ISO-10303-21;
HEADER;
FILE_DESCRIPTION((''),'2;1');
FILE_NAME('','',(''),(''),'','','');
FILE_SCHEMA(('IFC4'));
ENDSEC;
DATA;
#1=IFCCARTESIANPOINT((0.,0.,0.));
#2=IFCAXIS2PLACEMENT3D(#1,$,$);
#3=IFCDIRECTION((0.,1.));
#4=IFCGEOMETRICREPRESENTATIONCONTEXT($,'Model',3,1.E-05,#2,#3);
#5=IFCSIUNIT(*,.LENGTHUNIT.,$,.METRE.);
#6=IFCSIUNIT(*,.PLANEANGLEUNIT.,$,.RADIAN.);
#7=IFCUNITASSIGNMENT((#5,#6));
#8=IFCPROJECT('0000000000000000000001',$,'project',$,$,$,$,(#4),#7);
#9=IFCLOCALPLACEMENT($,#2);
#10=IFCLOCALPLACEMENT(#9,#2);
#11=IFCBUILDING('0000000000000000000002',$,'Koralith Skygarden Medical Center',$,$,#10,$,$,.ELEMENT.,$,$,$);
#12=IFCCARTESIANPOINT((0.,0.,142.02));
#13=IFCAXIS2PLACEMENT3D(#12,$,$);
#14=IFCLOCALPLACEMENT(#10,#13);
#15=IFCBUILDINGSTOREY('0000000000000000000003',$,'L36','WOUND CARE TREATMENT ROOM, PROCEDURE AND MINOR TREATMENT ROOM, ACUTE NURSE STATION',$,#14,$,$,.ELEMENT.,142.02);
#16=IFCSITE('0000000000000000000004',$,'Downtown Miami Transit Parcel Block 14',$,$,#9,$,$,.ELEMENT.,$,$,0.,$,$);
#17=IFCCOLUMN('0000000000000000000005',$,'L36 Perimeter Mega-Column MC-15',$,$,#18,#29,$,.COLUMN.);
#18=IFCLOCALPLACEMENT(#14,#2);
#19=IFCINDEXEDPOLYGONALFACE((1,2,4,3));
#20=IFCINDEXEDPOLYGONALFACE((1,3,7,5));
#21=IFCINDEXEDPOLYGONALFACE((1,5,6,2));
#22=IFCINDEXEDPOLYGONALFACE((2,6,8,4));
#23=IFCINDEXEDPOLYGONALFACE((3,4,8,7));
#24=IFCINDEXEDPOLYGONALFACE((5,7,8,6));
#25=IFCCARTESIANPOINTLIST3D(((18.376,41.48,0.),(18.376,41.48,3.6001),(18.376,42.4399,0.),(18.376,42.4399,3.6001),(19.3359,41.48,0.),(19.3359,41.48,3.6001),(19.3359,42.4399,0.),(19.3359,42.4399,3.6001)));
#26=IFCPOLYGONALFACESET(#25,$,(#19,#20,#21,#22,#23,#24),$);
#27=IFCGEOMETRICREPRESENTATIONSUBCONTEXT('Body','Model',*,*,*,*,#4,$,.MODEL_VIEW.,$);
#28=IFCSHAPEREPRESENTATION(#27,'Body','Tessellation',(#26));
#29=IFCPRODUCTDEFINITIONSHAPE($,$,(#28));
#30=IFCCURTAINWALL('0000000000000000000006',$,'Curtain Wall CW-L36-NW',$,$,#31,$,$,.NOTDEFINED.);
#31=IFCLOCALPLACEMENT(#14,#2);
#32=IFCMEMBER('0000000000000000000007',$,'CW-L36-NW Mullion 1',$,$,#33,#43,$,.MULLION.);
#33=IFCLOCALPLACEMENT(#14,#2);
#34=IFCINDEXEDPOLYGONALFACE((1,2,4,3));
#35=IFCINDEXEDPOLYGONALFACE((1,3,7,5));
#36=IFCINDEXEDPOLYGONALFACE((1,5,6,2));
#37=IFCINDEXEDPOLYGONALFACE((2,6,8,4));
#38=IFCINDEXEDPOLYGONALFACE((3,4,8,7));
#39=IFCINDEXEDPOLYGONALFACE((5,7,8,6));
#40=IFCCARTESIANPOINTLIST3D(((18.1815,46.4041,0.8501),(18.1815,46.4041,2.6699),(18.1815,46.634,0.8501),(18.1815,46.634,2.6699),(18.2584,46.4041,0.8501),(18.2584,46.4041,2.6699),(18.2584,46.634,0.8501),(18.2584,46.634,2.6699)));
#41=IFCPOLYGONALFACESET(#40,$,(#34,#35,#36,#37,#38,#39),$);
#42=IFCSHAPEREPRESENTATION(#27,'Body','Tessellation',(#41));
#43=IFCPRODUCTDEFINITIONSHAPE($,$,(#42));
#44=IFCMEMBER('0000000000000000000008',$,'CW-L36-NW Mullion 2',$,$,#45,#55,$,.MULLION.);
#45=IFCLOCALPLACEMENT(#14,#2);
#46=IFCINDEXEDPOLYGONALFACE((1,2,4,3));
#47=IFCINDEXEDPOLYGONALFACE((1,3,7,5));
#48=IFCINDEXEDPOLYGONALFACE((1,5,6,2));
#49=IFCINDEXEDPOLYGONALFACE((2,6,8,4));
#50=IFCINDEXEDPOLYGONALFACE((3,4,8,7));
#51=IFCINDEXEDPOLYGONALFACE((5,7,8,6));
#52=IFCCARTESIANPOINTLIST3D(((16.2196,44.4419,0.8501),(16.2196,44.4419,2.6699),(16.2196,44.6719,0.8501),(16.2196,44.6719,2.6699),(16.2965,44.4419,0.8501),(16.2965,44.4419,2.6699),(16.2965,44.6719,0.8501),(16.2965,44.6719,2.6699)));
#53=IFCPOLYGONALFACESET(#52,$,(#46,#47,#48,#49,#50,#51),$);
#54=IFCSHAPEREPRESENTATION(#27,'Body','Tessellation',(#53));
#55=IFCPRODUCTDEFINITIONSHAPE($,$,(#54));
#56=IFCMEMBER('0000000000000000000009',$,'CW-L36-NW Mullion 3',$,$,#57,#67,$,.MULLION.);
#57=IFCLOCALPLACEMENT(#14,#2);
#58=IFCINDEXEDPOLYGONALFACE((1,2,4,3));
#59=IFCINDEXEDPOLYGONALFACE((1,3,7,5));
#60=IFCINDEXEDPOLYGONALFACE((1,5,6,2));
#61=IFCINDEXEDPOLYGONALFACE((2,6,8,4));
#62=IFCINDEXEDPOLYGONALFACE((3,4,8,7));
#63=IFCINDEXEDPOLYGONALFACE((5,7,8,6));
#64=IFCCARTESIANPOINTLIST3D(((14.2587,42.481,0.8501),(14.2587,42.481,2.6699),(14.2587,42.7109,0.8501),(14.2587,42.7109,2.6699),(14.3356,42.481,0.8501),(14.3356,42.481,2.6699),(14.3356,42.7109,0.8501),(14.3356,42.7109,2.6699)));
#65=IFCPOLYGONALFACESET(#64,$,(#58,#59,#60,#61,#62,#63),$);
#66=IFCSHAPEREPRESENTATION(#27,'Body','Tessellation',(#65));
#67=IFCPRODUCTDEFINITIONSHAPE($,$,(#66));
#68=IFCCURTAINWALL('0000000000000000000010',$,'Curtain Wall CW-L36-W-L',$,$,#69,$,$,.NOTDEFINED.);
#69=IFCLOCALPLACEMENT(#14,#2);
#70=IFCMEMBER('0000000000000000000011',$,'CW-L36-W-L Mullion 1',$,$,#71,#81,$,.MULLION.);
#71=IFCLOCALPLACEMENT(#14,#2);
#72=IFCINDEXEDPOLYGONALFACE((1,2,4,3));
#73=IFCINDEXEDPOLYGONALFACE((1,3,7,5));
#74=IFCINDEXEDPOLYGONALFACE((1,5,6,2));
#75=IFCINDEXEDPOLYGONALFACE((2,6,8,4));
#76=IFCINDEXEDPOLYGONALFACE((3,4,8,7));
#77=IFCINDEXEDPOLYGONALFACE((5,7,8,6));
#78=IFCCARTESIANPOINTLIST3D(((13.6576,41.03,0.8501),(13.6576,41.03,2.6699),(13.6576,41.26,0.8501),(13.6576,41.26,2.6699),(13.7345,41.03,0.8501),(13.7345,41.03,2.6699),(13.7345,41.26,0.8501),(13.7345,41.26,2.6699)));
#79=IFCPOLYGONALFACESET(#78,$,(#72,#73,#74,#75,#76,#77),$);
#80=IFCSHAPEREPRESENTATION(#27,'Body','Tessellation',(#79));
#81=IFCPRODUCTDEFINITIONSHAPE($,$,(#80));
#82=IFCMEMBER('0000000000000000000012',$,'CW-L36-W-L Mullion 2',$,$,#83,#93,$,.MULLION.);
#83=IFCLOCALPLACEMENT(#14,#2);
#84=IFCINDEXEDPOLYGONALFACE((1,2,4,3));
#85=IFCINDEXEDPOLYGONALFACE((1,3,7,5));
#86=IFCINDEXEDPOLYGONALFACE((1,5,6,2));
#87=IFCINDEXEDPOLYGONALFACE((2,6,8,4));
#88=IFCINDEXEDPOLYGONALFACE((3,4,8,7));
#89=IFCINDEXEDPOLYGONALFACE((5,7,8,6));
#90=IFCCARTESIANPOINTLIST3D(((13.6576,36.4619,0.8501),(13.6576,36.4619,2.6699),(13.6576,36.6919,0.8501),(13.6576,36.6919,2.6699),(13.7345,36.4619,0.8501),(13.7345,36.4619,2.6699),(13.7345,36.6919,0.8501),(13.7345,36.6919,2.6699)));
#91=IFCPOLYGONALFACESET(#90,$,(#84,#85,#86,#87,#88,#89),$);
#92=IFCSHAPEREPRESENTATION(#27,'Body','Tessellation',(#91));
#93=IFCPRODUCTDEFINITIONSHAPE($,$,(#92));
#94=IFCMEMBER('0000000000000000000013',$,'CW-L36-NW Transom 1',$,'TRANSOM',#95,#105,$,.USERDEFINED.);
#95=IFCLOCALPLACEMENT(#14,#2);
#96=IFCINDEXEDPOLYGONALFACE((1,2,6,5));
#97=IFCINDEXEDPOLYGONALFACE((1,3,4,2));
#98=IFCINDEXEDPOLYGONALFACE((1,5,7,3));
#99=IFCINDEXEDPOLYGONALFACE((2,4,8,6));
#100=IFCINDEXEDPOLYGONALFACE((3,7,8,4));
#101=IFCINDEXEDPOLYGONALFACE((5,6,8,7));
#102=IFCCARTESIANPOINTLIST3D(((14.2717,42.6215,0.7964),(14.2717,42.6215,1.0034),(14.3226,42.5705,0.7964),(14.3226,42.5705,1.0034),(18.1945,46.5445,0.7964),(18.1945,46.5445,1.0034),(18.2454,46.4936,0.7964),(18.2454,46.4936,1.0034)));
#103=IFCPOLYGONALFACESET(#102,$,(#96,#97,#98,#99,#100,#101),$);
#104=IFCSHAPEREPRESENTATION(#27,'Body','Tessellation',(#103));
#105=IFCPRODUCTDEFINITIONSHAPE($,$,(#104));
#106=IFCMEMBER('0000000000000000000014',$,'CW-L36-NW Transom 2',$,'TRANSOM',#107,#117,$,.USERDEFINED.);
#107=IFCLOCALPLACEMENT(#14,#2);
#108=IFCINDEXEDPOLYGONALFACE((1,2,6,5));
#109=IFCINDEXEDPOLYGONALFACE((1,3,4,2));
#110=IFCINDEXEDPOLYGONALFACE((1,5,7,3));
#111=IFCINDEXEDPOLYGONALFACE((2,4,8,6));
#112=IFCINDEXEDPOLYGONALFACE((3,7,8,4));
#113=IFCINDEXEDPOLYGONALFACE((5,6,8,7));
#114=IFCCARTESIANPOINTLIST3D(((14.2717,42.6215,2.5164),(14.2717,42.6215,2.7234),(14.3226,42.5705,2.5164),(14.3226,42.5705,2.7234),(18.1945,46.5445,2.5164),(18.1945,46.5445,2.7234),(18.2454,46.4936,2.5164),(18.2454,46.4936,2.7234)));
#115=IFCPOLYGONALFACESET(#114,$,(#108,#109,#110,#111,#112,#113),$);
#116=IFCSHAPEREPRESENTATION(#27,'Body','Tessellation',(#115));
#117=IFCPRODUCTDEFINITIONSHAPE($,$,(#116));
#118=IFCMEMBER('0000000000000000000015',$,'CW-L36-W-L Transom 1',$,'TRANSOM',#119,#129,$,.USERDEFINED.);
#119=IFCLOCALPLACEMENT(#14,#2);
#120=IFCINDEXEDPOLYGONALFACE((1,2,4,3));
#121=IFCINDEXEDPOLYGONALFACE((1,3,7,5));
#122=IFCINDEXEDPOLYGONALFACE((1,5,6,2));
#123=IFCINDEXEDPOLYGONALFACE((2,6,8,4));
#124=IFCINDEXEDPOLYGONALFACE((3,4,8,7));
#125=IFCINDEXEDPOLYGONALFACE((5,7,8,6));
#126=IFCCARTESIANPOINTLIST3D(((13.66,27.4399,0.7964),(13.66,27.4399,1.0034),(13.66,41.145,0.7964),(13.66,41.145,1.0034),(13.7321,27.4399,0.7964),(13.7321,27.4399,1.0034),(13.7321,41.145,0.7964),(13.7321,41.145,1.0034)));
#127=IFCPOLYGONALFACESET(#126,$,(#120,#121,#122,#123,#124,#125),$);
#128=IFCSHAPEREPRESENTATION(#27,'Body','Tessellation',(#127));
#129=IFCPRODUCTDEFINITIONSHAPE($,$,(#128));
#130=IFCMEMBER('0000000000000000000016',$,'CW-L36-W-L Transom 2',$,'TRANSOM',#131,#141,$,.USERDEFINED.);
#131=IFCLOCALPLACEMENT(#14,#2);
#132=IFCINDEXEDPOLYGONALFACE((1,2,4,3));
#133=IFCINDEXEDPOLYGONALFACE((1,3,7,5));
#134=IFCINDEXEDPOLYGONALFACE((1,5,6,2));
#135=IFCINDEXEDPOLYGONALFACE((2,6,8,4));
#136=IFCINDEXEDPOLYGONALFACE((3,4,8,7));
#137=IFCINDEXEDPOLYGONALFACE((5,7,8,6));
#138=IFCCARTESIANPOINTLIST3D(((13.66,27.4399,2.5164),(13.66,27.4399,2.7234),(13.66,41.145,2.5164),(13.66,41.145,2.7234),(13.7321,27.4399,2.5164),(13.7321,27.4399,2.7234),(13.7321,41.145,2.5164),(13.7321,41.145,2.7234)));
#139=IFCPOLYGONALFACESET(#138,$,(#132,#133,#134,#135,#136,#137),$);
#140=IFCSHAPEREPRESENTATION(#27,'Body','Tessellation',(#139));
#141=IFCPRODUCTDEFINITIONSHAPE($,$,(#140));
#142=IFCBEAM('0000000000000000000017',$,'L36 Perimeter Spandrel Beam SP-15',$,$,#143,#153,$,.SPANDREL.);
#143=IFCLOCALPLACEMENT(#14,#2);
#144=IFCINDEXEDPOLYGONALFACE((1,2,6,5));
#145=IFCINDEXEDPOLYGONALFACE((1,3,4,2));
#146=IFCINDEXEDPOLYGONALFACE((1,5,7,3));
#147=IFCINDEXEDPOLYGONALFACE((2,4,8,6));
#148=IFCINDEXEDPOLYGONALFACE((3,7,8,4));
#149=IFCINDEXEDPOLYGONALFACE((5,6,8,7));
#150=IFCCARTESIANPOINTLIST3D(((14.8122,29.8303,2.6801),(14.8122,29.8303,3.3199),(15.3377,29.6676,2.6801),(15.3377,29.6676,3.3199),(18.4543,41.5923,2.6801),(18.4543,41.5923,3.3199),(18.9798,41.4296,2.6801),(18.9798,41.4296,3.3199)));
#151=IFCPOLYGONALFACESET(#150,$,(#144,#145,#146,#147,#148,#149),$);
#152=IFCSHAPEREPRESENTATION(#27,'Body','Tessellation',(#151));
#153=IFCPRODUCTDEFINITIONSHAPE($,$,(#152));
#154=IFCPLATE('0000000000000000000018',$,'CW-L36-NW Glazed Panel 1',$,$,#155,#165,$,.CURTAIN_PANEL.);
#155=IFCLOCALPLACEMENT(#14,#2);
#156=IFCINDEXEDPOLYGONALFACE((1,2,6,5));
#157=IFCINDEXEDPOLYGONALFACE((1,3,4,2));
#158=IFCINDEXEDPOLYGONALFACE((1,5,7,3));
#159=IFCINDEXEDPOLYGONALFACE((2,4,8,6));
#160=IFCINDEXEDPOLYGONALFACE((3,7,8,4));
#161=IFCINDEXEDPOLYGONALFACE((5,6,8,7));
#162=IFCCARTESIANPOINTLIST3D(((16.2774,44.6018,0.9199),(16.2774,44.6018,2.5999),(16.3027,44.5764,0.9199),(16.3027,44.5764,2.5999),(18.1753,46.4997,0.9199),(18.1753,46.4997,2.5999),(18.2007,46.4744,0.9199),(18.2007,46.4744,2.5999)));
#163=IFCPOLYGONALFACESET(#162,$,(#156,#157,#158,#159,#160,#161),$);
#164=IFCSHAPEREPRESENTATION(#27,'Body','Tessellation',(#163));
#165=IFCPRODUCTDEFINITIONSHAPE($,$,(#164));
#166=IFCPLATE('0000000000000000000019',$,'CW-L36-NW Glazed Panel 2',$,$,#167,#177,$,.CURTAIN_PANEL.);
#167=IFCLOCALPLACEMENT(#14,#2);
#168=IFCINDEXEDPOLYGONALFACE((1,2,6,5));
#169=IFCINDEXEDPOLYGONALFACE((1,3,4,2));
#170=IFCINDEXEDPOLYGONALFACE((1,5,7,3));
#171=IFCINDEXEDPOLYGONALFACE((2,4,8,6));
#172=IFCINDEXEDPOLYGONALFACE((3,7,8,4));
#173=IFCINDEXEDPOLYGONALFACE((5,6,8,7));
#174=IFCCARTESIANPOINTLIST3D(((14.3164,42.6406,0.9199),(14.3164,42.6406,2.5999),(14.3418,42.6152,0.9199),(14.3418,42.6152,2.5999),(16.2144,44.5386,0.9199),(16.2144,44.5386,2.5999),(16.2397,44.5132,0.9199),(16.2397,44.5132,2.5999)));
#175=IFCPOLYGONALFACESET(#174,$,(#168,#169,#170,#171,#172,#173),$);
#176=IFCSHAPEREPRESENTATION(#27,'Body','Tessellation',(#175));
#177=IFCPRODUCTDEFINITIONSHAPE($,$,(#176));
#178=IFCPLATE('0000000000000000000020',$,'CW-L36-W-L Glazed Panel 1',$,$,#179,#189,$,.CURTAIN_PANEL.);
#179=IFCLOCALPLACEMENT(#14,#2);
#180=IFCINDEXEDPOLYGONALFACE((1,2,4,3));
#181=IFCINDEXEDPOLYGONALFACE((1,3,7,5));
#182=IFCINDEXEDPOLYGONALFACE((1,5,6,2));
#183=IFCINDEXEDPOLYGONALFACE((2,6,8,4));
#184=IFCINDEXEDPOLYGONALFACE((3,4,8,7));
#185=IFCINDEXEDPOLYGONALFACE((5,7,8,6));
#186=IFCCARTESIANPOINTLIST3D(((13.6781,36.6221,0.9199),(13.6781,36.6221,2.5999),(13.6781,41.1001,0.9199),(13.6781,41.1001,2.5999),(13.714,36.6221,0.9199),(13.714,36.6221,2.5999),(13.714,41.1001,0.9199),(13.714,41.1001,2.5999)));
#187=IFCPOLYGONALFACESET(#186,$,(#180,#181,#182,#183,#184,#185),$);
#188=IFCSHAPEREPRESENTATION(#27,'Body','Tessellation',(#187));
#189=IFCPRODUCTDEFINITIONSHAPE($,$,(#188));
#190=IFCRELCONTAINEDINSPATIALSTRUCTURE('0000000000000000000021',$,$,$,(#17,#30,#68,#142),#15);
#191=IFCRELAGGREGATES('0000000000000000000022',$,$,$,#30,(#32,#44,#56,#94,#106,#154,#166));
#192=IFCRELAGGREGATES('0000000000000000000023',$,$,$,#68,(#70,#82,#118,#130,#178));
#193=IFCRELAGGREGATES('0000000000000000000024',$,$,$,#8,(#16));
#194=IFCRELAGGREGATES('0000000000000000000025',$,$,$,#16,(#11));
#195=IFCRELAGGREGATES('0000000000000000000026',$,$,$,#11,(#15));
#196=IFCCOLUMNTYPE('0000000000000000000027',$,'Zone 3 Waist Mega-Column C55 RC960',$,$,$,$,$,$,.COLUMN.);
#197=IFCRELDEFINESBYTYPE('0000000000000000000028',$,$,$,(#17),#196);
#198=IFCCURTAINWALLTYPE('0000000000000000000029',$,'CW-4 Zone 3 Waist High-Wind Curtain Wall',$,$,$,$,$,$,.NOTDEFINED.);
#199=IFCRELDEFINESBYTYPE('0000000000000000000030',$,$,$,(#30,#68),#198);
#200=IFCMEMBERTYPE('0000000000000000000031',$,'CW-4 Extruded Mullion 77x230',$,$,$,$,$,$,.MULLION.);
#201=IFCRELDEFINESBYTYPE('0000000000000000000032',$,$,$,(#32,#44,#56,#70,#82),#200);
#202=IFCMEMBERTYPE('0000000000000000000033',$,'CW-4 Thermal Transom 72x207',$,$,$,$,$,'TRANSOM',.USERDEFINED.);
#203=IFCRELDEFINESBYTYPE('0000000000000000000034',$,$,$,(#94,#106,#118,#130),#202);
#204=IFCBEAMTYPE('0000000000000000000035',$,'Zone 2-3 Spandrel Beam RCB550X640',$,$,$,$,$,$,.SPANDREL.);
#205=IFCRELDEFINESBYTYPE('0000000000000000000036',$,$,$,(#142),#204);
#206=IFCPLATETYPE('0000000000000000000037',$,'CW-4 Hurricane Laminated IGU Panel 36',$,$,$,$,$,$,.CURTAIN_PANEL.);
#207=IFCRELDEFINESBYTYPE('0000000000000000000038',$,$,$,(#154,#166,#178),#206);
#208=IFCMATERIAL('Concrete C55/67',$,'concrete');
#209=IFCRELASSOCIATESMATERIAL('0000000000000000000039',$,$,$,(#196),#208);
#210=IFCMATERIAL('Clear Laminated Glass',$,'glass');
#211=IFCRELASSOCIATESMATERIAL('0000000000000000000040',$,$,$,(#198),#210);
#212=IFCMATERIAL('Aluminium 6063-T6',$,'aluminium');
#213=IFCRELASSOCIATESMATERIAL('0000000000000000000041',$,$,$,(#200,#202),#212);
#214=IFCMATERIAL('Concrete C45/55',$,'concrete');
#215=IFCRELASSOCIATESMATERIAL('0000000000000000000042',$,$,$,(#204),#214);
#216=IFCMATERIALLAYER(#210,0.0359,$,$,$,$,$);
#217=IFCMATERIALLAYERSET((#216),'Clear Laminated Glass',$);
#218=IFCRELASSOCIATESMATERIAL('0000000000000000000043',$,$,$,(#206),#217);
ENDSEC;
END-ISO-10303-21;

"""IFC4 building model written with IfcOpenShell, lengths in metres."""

from ifc_helpers import new_model, si_unit, direction, frame, origin, origin_2d, place, context, subcontext, project, spatial, rectangle, extrude, material, layer, layer_set, material_profile, profile_set, type_object, element, aggregate, save


model = new_model("IFC4")

# Units and contexts
model_context = context("Model", 3, precision=1e-05, world=origin(), true_north=direction((0.0, 1.0)))
body_context = subcontext(model_context, "Body", "Model", "MODEL_VIEW")
ifc_project = project(units=[si_unit("LENGTHUNIT", "METRE"), si_unit("PLANEANGLEUNIT", "RADIAN")], contexts=[model_context])

# Site, building, storey
site_placement = place(None, origin())
site = spatial("IfcSite", under=ifc_project, at=site_placement, Name="Downtown Miami Transit Parcel Block 14", CompositionType="ELEMENT", RefElevation=0.0)
building_placement = place(site_placement, origin())
building = spatial("IfcBuilding", under=site, at=building_placement, Name="Koralith Skygarden Medical Center", CompositionType="ELEMENT")
storey_placement = place(building_placement, frame((0.0, 0.0, 142.02)))
storey = spatial("IfcBuildingStorey", under=building, at=storey_placement, Name="L36", Description="WOUND CARE TREATMENT ROOM, PROCEDURE AND MINOR TREATMENT ROOM, ACUTE NURSE STATION", CompositionType="ELEMENT", Elevation=142.02)

# Column
ifc_material_1 = material(Name="Concrete C55/67", Category="concrete")
ifc_material_profile_1 = material_profile(ifc_material_1, rectangle(XDim=0.96, YDim=0.96, at=origin_2d()), Name="RC960X960")
ifc_profile_set_1 = profile_set([ifc_material_profile_1], Name="Concrete C55/67")
column_type = type_object("IfcColumnType", Name="Zone 3 Waist Mega-Column C55 RC960", PredefinedType="COLUMN", material=ifc_profile_set_1)
column_placement = place(storey_placement, frame((18.856, 41.96, 0.0), z_axis=(0.0, 0.0, 1.0), x_axis=(1.0, 0.0, 0.0)))
element("IfcColumn", 1, at=column_placement, inside=storey, type_object=column_type, Name="L36 Perimeter Mega-Column MC-15", PredefinedType="COLUMN", context=body_context, shape_type="SweptSolid", body=[
    extrude(rectangle(XDim=0.96, YDim=0.96, at=origin_2d()), origin(), (0.0, 0.0, 1.0), 3.6001),
])

# Curtain walls, members
ifc_material_2 = material(Name="Clear Laminated Glass", Category="glass")
curtain_wall_type = type_object("IfcCurtainWallType", Name="CW-4 Zone 3 Waist High-Wind Curtain Wall", PredefinedType="NOTDEFINED", material=ifc_material_2)
curtain_wall_1_placement = place(storey_placement, origin())
curtain_wall_1 = element("IfcCurtainWall", 2, at=curtain_wall_1_placement, inside=storey, type_object=curtain_wall_type, Name="Curtain Wall CW-L36-NW", PredefinedType="NOTDEFINED")
ifc_material_3 = material(Name="Aluminium 6063-T6", Category="aluminium")
ifc_material_profile_2 = material_profile(ifc_material_3, rectangle(XDim=0.0769, YDim=0.23, at=origin_2d()), Name="MUL77X230")
ifc_profile_set_2 = profile_set([ifc_material_profile_2], Name="Aluminium 6063-T6")
member_type_1 = type_object("IfcMemberType", Name="CW-4 Extruded Mullion 77x230", PredefinedType="MULLION", material=ifc_profile_set_2)
member_1_placement = place(storey_placement, frame((18.22, 46.519, 0.8501), z_axis=(0.0, 0.0, 1.0), x_axis=(1.0, 0.0, 0.0)))
member_1 = element("IfcMember", 3, at=member_1_placement, type_object=member_type_1, Name="CW-L36-NW Mullion 1", PredefinedType="MULLION", context=body_context, shape_type="SweptSolid", body=[
    extrude(rectangle(XDim=0.0769, YDim=0.23, at=origin_2d()), origin(), (0.0, 0.0, 1.0), 1.8198),
])
member_2_placement = place(storey_placement, frame((16.2581, 44.5569, 0.8501), z_axis=(0.0, 0.0, 1.0), x_axis=(1.0, 0.0, 0.0)))
member_2 = element("IfcMember", 4, at=member_2_placement, type_object=member_type_1, Name="CW-L36-NW Mullion 2", PredefinedType="MULLION", context=body_context, shape_type="SweptSolid", body=[
    extrude(rectangle(XDim=0.0769, YDim=0.23, at=origin_2d()), origin(), (0.0, 0.0, 1.0), 1.8198),
])
member_3_placement = place(storey_placement, frame((14.2971, 42.5959, 0.8501), z_axis=(0.0, 0.0, 1.0), x_axis=(1.0, 0.0, 0.0)))
member_3 = element("IfcMember", 5, at=member_3_placement, type_object=member_type_1, Name="CW-L36-NW Mullion 3", PredefinedType="MULLION", context=body_context, shape_type="SweptSolid", body=[
    extrude(rectangle(XDim=0.0769, YDim=0.23, at=origin_2d()), origin(), (0.0, 0.0, 1.0), 1.8198),
])
curtain_wall_2_placement = place(storey_placement, origin())
curtain_wall_2 = element("IfcCurtainWall", 6, at=curtain_wall_2_placement, inside=storey, type_object=curtain_wall_type, Name="Curtain Wall CW-L36-W-L", PredefinedType="NOTDEFINED")
member_4_placement = place(storey_placement, frame((13.696, 41.145, 0.8501), z_axis=(0.0, 0.0, 1.0), x_axis=(1.0, 0.0, 0.0)))
member_4 = element("IfcMember", 7, at=member_4_placement, type_object=member_type_1, Name="CW-L36-W-L Mullion 1", PredefinedType="MULLION", context=body_context, shape_type="SweptSolid", body=[
    extrude(rectangle(XDim=0.0769, YDim=0.23, at=origin_2d()), origin(), (0.0, 0.0, 1.0), 1.8198),
])
member_5_placement = place(storey_placement, frame((13.696, 36.5769, 0.8501), z_axis=(0.0, 0.0, 1.0), x_axis=(1.0, 0.0, 0.0)))
member_5 = element("IfcMember", 8, at=member_5_placement, type_object=member_type_1, Name="CW-L36-W-L Mullion 2", PredefinedType="MULLION", context=body_context, shape_type="SweptSolid", body=[
    extrude(rectangle(XDim=0.0769, YDim=0.23, at=origin_2d()), origin(), (0.0, 0.0, 1.0), 1.8198),
])

# Members
ifc_material_profile_3 = material_profile(ifc_material_3, rectangle(XDim=0.072, YDim=0.207, at=origin_2d()), Name="TRN72X207")
ifc_profile_set_3 = profile_set([ifc_material_profile_3], Name="Aluminium 6063-T6")
member_type_2 = type_object("IfcMemberType", Name="CW-4 Thermal Transom 72x207", ElementType="TRANSOM", PredefinedType="USERDEFINED", material=ifc_profile_set_3)
member_6_placement = place(storey_placement, frame((18.22, 46.519, 0.8999), z_axis=(-0.707085, -0.707129, 0.0), x_axis=(0.707129, -0.707085, 0.0)))
member_6 = element("IfcMember", 9, at=member_6_placement, type_object=member_type_2, Name="CW-L36-NW Transom 1", ObjectType="TRANSOM", PredefinedType="USERDEFINED", context=body_context, shape_type="SweptSolid", body=[
    extrude(rectangle(XDim=0.072, YDim=0.207, at=origin_2d()), origin(), (0.0, 0.0, 1.0), 5.5479),
])
member_7_placement = place(storey_placement, frame((18.22, 46.519, 2.6199), z_axis=(-0.707085, -0.707129, 0.0), x_axis=(0.707129, -0.707085, 0.0)))
member_7 = element("IfcMember", 10, at=member_7_placement, type_object=member_type_2, Name="CW-L36-NW Transom 2", ObjectType="TRANSOM", PredefinedType="USERDEFINED", context=body_context, shape_type="SweptSolid", body=[
    extrude(rectangle(XDim=0.072, YDim=0.207, at=origin_2d()), origin(), (0.0, 0.0, 1.0), 5.5479),
])
member_8_placement = place(storey_placement, frame((13.696, 41.145, 0.8999), z_axis=(0.0, -1.0, 0.0), x_axis=(1.0, 0.0, 0.0)))
member_8 = element("IfcMember", 11, at=member_8_placement, type_object=member_type_2, Name="CW-L36-W-L Transom 1", ObjectType="TRANSOM", PredefinedType="USERDEFINED", context=body_context, shape_type="SweptSolid", body=[
    extrude(rectangle(XDim=0.072, YDim=0.207, at=origin_2d()), origin(), (0.0, 0.0, 1.0), 13.7051),
])
member_9_placement = place(storey_placement, frame((13.696, 41.145, 2.6199), z_axis=(0.0, -1.0, 0.0), x_axis=(1.0, 0.0, 0.0)))
member_9 = element("IfcMember", 12, at=member_9_placement, type_object=member_type_2, Name="CW-L36-W-L Transom 2", ObjectType="TRANSOM", PredefinedType="USERDEFINED", context=body_context, shape_type="SweptSolid", body=[
    extrude(rectangle(XDim=0.072, YDim=0.207, at=origin_2d()), origin(), (0.0, 0.0, 1.0), 13.7051),
])

# Beam
ifc_material_4 = material(Name="Concrete C45/55", Category="concrete")
ifc_material_profile_4 = material_profile(ifc_material_4, rectangle(XDim=0.55, YDim=0.6399, at=origin_2d()), Name="RCB550X640")
ifc_profile_set_4 = profile_set([ifc_material_profile_4], Name="Concrete C45/55")
beam_type = type_object("IfcBeamType", Name="Zone 2-3 Spandrel Beam RCB550X640", PredefinedType="SPANDREL", material=ifc_profile_set_4)
beam_placement = place(storey_placement, frame((18.717, 41.511, 3.0), z_axis=(-0.295794, -0.955252, 0.0), x_axis=(0.955252, -0.295794, 0.0)))
element("IfcBeam", 13, at=beam_placement, inside=storey, type_object=beam_type, Name="L36 Perimeter Spandrel Beam SP-15", PredefinedType="SPANDREL", context=body_context, shape_type="SweptSolid", body=[
    extrude(rectangle(XDim=0.55, YDim=0.6399, at=origin_2d()), origin(), (0.0, 0.0, 1.0), 12.313),
])

# Plates
ifc_layer_1 = layer(ifc_material_2, 0.0359)
ifc_layer_set_1 = layer_set([ifc_layer_1], Name="Clear Laminated Glass")
plate_type_1 = type_object("IfcPlateType", Name="CW-4 Hurricane Laminated IGU Panel 36", PredefinedType="CURTAIN_PANEL", material=ifc_layer_set_1)
plate_1_placement = place(storey_placement, frame((17.239, 45.5381, 0.9199), z_axis=(0.0, 0.0, 1.0), x_axis=(-0.707107, -0.707107, 0.0)))
plate_1 = element("IfcPlate", 14, at=plate_1_placement, type_object=plate_type_1, Name="CW-L36-NW Glazed Panel 1", PredefinedType="CURTAIN_PANEL", context=body_context, shape_type="SweptSolid", body=[
    extrude(rectangle(XDim=2.6841, YDim=0.0359, at=origin_2d()), origin(), (0.0, 0.0, 1.0), 1.6799),
])
plate_2_placement = place(storey_placement, frame((15.2781, 43.5769, 0.9199), z_axis=(0.0, 0.0, 1.0), x_axis=(-0.707107, -0.707107, 0.0)))
plate_2 = element("IfcPlate", 15, at=plate_2_placement, type_object=plate_type_1, Name="CW-L36-NW Glazed Panel 2", PredefinedType="CURTAIN_PANEL", context=body_context, shape_type="SweptSolid", body=[
    extrude(rectangle(XDim=2.6841, YDim=0.0359, at=origin_2d()), origin(), (0.0, 0.0, 1.0), 1.6799),
])
aggregate(curtain_wall_1, [member_1, member_2, member_3, member_6, member_7, plate_1, plate_2])
plate_3_placement = place(storey_placement, frame((13.696, 38.8611, 0.9199), z_axis=(0.0, 0.0, 1.0), x_axis=(0.0, -1.0, 0.0)))
plate_3 = element("IfcPlate", 16, at=plate_3_placement, type_object=plate_type_1, Name="CW-L36-W-L Glazed Panel 1", PredefinedType="CURTAIN_PANEL", context=body_context, shape_type="SweptSolid", body=[
    extrude(rectangle(XDim=4.478, YDim=0.0359, at=origin_2d()), origin(), (0.0, 0.0, 1.0), 1.6799),
])
aggregate(curtain_wall_2, [member_4, member_5, member_8, member_9, plate_3])

save(model, "model.ifc")
